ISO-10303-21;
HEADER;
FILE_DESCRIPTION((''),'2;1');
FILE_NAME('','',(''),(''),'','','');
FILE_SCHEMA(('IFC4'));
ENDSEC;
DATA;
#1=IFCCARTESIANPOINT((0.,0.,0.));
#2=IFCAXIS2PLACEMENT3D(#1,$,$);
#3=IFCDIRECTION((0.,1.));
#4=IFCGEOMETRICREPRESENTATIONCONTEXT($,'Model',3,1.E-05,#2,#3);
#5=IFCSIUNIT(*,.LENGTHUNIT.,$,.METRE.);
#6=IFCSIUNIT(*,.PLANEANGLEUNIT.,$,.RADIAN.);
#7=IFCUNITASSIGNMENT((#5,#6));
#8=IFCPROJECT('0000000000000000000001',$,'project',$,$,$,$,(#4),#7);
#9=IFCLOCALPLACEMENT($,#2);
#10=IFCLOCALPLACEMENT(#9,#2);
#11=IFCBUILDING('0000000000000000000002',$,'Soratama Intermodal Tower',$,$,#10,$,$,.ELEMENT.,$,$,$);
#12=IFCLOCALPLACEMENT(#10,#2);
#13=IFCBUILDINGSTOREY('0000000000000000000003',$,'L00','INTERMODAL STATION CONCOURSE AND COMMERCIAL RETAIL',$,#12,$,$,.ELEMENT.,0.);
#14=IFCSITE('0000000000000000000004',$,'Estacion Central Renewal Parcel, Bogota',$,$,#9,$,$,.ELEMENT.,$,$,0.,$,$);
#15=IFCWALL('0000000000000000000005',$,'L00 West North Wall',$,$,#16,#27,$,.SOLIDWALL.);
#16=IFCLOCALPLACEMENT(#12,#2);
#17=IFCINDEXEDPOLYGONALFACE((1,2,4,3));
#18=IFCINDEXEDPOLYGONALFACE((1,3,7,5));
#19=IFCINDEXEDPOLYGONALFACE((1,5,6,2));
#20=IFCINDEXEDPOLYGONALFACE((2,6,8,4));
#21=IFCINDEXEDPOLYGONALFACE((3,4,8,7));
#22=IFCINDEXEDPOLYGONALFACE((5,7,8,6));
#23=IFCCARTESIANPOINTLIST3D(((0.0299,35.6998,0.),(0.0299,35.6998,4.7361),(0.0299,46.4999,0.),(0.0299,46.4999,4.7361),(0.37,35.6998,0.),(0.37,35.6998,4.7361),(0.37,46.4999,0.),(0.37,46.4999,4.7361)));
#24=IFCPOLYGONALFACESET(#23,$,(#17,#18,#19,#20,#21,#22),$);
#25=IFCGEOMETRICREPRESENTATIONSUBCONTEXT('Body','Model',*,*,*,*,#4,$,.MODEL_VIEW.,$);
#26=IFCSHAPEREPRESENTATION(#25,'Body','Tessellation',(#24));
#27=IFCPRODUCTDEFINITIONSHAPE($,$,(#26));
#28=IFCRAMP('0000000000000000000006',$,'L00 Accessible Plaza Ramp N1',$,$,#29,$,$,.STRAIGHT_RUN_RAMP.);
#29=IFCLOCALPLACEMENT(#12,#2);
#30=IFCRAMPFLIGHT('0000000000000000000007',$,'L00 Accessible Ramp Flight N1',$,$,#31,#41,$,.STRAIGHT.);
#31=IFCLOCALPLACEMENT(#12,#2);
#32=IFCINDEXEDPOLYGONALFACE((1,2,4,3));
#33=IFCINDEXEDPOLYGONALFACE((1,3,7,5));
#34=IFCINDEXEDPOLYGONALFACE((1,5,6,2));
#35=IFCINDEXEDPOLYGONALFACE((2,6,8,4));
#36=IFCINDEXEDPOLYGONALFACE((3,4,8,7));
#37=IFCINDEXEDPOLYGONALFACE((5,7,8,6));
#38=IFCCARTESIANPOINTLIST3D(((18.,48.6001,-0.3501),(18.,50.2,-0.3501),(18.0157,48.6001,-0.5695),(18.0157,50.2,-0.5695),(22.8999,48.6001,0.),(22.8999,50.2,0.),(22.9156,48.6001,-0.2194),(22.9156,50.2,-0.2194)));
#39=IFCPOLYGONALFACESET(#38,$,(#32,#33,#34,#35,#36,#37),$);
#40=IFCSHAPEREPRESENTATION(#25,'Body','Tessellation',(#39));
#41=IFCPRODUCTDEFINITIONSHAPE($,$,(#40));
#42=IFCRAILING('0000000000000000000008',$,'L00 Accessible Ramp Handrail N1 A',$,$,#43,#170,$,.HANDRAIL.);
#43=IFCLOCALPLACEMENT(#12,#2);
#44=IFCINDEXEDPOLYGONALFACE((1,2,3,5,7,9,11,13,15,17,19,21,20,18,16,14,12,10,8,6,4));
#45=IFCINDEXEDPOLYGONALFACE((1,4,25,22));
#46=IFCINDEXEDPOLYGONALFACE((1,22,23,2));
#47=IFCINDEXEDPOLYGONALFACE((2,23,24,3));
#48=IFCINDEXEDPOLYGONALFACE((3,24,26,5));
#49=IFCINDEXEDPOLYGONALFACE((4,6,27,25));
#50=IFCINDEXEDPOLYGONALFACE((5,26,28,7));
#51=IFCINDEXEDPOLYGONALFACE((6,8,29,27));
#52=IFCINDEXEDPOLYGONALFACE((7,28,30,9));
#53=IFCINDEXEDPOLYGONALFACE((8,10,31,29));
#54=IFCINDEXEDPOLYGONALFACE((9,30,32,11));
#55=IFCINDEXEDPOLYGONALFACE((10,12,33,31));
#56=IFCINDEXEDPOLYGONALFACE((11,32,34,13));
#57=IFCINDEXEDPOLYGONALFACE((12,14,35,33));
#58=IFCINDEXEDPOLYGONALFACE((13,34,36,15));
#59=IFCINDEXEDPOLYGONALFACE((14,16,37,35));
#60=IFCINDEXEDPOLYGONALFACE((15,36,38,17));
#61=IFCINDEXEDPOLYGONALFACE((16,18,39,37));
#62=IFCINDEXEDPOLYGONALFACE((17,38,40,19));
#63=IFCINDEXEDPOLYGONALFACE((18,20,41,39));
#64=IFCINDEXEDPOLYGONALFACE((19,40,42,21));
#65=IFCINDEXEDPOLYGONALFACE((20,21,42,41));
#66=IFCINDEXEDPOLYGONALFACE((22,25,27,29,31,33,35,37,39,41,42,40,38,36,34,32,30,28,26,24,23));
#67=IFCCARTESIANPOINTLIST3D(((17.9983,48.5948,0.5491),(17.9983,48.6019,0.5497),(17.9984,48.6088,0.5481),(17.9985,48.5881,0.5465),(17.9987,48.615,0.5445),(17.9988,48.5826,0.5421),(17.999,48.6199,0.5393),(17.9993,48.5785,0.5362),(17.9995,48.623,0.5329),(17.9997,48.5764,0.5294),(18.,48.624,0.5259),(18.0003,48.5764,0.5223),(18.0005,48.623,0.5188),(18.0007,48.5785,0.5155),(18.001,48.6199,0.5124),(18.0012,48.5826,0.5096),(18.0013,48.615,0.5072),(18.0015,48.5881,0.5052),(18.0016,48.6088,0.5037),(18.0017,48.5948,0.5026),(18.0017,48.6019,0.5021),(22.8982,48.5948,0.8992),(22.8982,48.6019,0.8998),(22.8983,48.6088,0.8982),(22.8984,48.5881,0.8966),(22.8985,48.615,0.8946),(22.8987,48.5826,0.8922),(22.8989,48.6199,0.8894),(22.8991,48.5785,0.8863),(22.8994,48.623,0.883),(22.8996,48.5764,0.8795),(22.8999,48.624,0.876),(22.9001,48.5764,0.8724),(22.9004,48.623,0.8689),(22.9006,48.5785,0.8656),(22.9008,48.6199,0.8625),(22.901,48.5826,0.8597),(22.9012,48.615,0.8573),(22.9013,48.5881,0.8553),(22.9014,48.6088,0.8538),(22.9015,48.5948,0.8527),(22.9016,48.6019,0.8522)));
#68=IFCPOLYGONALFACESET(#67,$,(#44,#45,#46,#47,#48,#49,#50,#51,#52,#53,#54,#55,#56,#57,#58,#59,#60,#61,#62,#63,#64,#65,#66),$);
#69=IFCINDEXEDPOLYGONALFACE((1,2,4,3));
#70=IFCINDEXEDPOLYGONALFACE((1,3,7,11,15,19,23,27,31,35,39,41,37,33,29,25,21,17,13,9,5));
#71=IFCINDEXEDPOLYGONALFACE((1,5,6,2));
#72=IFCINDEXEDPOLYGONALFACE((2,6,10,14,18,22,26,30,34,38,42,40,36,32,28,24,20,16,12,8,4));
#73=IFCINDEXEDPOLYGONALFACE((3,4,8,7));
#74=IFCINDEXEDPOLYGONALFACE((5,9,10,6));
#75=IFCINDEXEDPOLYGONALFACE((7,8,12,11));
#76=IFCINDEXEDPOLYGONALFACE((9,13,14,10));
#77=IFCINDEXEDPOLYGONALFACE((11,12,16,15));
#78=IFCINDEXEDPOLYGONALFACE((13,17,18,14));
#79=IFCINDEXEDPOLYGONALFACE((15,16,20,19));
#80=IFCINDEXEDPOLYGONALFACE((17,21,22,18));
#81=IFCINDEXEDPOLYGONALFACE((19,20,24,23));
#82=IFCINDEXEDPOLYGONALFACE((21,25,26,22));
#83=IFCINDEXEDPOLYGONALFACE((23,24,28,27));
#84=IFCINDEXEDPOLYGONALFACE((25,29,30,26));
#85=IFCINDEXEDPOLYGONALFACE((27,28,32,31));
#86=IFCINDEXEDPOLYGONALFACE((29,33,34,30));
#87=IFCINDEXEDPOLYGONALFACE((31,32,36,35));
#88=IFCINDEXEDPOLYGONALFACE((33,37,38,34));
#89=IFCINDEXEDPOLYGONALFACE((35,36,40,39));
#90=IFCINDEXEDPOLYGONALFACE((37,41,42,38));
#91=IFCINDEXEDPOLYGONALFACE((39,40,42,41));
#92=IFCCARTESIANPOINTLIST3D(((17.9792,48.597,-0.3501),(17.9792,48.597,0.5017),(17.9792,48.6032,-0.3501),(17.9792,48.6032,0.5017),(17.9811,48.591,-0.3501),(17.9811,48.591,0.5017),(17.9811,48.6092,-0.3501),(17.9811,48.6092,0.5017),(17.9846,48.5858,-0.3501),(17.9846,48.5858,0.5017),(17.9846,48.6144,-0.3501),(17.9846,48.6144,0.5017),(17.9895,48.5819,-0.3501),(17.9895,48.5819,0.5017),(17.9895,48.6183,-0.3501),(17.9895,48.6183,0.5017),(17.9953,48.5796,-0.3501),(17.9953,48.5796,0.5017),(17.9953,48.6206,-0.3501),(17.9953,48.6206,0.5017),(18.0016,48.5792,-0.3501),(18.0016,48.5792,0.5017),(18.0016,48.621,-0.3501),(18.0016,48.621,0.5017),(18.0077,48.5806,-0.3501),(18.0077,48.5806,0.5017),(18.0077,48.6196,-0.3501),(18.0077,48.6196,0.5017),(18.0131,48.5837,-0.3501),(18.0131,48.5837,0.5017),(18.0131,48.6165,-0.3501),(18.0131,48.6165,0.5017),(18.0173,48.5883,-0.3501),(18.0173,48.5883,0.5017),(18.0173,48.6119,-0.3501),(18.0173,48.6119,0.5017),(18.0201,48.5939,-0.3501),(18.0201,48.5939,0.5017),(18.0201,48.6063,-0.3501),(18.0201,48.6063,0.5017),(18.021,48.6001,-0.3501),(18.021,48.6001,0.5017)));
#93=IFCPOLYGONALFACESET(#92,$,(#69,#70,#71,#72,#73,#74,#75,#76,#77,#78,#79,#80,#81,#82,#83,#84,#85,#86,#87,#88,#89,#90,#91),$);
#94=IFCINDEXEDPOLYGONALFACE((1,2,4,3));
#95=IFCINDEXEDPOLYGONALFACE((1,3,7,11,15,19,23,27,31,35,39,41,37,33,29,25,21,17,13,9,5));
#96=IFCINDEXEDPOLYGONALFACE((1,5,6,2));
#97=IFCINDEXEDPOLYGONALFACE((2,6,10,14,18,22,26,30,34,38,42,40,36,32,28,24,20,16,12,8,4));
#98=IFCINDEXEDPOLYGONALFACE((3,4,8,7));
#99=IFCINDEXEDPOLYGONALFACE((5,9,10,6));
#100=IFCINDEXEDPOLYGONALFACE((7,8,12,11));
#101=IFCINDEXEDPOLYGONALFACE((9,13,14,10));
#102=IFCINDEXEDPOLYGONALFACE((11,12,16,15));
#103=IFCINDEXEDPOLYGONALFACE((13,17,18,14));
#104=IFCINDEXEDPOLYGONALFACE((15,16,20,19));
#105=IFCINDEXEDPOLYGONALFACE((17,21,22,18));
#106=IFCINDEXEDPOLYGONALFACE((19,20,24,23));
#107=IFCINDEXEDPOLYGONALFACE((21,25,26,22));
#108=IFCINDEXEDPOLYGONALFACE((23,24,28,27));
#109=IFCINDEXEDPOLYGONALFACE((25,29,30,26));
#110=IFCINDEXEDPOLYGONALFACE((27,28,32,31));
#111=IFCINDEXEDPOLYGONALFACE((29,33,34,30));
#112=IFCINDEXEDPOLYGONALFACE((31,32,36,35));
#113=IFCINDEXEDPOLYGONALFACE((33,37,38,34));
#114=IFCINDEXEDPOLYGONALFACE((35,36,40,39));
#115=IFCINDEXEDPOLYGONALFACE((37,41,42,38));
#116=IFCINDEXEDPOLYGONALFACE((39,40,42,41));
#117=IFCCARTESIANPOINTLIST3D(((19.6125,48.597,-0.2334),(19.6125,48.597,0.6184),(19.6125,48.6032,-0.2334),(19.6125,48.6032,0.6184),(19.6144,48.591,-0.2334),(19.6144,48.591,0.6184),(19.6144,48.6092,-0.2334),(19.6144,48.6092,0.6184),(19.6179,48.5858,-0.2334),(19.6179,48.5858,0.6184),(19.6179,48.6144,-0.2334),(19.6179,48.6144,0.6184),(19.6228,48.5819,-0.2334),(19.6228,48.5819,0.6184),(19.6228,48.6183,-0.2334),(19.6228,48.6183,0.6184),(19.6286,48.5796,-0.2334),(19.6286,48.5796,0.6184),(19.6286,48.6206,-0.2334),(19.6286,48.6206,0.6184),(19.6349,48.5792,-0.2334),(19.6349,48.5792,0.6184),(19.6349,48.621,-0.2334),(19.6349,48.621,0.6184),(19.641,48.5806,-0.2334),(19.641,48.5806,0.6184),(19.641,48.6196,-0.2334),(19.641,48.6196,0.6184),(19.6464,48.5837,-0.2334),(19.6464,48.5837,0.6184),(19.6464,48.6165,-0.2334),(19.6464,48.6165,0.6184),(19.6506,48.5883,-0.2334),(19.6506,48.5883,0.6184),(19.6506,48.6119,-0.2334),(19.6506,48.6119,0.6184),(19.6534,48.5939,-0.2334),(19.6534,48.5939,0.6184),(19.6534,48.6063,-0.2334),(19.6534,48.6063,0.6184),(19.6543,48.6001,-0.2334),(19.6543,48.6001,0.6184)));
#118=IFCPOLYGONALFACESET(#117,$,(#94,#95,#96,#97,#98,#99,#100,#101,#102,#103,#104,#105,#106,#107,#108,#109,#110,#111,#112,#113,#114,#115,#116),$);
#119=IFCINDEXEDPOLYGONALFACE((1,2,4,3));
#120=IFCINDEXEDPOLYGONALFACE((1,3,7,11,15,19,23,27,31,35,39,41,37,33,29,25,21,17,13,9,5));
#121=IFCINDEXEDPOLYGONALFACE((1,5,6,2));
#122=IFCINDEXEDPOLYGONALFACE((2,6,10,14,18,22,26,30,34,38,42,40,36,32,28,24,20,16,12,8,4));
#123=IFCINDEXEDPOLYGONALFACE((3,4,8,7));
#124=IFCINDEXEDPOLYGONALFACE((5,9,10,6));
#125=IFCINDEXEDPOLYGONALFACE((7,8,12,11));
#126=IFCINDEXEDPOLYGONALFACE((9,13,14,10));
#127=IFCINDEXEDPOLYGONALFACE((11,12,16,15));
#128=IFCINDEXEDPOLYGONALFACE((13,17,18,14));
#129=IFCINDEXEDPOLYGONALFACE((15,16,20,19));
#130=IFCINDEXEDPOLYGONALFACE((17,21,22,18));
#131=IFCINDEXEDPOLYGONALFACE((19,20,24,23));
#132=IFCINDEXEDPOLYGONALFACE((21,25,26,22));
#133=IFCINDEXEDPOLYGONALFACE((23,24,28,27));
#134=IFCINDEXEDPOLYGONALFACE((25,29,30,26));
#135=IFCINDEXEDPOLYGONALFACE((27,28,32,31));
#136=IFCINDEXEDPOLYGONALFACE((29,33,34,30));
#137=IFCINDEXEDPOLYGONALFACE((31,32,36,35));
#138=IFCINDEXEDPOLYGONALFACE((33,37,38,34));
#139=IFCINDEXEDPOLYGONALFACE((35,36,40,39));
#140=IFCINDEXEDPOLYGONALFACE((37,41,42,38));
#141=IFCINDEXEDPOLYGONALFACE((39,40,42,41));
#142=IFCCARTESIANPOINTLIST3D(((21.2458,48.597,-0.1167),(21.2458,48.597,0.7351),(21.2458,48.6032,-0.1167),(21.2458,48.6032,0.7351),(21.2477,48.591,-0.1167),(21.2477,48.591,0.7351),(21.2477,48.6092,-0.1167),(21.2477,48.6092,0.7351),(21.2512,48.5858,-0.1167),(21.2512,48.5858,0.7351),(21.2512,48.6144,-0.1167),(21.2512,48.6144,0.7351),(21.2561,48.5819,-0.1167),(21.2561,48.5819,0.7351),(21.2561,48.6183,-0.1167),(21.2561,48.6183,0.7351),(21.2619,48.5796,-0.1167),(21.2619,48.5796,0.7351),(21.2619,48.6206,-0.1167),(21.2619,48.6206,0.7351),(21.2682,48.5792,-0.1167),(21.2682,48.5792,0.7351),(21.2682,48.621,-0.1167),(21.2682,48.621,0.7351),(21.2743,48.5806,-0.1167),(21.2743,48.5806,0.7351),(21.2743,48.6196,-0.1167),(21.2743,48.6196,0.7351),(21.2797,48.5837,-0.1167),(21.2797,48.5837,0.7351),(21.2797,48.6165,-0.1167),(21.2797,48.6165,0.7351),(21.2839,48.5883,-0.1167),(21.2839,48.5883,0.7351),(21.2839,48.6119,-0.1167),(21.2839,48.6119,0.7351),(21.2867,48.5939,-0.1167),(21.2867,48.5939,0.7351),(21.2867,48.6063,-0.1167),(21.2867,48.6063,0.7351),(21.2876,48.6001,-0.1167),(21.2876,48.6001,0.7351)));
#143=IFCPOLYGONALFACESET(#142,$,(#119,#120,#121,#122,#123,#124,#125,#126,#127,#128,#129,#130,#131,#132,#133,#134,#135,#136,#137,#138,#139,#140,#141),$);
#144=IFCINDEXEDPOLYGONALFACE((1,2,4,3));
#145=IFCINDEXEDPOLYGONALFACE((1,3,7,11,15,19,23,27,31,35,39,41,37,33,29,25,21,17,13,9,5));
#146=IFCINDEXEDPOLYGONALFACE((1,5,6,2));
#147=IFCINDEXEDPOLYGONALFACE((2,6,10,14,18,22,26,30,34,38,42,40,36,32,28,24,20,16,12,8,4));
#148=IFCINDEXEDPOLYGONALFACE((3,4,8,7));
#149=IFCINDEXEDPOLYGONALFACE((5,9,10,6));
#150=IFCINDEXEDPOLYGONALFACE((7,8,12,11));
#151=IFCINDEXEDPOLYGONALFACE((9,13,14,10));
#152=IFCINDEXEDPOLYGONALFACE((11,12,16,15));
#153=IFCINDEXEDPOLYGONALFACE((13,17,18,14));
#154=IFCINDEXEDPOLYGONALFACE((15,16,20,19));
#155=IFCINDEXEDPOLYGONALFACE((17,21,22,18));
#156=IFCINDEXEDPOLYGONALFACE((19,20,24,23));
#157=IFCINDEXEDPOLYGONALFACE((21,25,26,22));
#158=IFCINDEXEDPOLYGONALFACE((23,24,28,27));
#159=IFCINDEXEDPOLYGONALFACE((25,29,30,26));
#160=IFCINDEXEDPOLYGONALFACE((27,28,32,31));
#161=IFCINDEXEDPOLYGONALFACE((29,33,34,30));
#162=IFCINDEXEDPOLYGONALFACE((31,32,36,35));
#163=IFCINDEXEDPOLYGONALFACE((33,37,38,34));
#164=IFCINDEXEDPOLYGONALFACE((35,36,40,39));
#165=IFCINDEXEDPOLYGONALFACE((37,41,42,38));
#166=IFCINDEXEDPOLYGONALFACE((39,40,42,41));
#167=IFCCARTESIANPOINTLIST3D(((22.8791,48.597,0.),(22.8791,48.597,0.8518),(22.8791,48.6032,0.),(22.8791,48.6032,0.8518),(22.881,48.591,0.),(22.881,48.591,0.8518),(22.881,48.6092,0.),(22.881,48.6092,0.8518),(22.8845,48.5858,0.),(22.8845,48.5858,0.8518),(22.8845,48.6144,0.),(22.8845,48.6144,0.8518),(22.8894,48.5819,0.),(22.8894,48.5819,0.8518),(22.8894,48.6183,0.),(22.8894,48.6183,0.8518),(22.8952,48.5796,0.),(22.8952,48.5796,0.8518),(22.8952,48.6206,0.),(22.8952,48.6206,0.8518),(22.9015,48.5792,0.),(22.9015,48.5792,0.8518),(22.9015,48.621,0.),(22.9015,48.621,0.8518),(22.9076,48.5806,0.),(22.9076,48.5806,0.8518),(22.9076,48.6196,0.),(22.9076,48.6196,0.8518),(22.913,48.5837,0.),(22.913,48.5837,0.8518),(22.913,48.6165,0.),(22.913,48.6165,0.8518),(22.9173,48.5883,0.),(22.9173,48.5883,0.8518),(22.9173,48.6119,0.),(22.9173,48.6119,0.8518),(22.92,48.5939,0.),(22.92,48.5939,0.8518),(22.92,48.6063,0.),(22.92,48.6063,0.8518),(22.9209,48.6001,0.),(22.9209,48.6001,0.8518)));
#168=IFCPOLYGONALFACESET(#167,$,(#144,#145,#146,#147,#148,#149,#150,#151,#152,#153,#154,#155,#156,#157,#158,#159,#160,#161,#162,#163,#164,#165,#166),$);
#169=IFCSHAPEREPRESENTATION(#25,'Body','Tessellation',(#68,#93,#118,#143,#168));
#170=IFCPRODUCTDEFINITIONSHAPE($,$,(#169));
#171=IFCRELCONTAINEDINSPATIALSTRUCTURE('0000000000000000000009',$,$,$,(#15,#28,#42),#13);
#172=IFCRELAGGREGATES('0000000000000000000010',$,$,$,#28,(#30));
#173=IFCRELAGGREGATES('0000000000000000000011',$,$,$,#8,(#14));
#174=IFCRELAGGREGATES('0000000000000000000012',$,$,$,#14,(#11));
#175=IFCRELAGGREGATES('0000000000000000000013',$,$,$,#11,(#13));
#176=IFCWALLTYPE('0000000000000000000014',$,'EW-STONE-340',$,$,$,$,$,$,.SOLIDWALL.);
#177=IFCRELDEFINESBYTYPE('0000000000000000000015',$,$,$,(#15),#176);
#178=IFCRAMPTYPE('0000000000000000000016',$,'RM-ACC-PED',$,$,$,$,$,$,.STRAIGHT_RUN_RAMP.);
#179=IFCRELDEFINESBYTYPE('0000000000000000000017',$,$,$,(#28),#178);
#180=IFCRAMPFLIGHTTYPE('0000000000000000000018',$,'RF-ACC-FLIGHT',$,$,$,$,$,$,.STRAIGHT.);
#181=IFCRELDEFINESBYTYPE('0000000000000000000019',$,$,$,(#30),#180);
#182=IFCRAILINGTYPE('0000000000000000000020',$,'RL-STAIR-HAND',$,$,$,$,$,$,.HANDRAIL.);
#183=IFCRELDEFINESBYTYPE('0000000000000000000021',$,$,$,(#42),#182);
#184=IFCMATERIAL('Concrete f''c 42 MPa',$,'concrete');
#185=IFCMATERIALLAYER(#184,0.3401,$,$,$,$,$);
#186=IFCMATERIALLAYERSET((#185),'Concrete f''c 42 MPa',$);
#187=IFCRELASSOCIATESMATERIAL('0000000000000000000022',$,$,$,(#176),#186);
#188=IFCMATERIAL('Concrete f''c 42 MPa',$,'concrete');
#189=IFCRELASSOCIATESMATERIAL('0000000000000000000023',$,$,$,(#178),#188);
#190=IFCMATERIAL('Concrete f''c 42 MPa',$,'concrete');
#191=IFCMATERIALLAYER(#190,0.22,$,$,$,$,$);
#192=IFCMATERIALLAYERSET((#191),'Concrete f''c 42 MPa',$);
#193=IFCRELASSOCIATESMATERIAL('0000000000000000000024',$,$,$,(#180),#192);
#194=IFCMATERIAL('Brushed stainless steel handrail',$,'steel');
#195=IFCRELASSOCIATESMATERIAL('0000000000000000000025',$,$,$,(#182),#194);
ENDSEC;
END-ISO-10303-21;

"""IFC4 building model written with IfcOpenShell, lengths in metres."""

from ifc_helpers import new_model, si_unit, direction, frame, frame_2d, origin, origin_2d, place, context, subcontext, project, spatial, polyline, rectangle, circle, outline, extrude, material, layer, layer_set, type_object, element, aggregate, save


model = new_model("IFC4")

# Units and contexts
model_context = context("Model", 3, precision=1e-05, world=origin(), true_north=direction((0.0, 1.0)))
body_context = subcontext(model_context, "Body", "Model", "MODEL_VIEW")
ifc_project = project(units=[si_unit("LENGTHUNIT", "METRE"), si_unit("PLANEANGLEUNIT", "RADIAN")], contexts=[model_context])

# Site, building, storey
site_placement = place(None, origin())
site = spatial("IfcSite", under=ifc_project, at=site_placement, Name="Estacion Central Renewal Parcel, Bogota", CompositionType="ELEMENT", RefElevation=0.0)
building_placement = place(site_placement, origin())
building = spatial("IfcBuilding", under=site, at=building_placement, Name="Soratama Intermodal Tower", CompositionType="ELEMENT")
storey_placement = place(building_placement, origin())
storey = spatial("IfcBuildingStorey", under=building, at=storey_placement, Name="L00", Description="INTERMODAL STATION CONCOURSE AND COMMERCIAL RETAIL", CompositionType="ELEMENT", Elevation=0.0)

# Shared definitions
ifc_material_1 = material(Name="Concrete f'c 42 MPa", Category="concrete")
ifc_layer_1 = layer(ifc_material_1, 0.3401)
ifc_layer_set_1 = layer_set([ifc_layer_1], Name="Concrete f'c 42 MPa")
wall_type = type_object("IfcWallType", Name="EW-STONE-340", PredefinedType="SOLIDWALL", material=ifc_layer_set_1)

# Wall
wall_1_placement = place(storey_placement, frame((0.2, 35.7, 0.0), z_axis=(0.0, 0.0, 1.0), x_axis=(0.0, 1.0, 0.0)))
element("IfcWall", 1, at=wall_1_placement, inside=storey, type_object=wall_type, Name="L00 West North Wall", PredefinedType="SOLIDWALL", context=body_context, shape_type="SweptSolid", body=[
    extrude(rectangle(XDim=10.8, YDim=0.3401, at=frame_2d((5.3999, 0.0))), origin(), (0.0, 0.0, 1.0), 4.7361),
])

# Ramp, ramp flight
ifc_material_2 = material(Name="Concrete f'c 42 MPa", Category="concrete")
ramp_type = type_object("IfcRampType", Name="RM-ACC-PED", PredefinedType="STRAIGHT_RUN_RAMP", material=ifc_material_2)
ramp_placement = place(storey_placement, origin())
ramp = element("IfcRamp", 2, at=ramp_placement, inside=storey, type_object=ramp_type, Name="L00 Accessible Plaza Ramp N1", PredefinedType="STRAIGHT_RUN_RAMP")
ifc_material_3 = material(Name="Concrete f'c 42 MPa", Category="concrete")
ifc_layer_2 = layer(ifc_material_3, 0.22)
ifc_layer_set_2 = layer_set([ifc_layer_2], Name="Concrete f'c 42 MPa")
ramp_flight_type = type_object("IfcRampFlightType", Name="RF-ACC-FLIGHT", PredefinedType="STRAIGHT", material=ifc_layer_set_2)
ramp_flight_placement = place(storey_placement, frame((18.0, 48.6001, -0.3501), z_axis=(-0.071268, 0.0, 0.997457), x_axis=(0.0, 1.0, 0.0)))
ramp_flight = element("IfcRampFlight", 3, at=ramp_flight_placement, type_object=ramp_flight_type, Name="L00 Accessible Ramp Flight N1", PredefinedType="STRAIGHT", context=body_context, shape_type="SweptSolid", body=[
    extrude(outline(polyline([(0.0, 0.0), (1.5999, 0.0), (1.5999, -4.9124), (0.0, -4.9124), (0.0, 0.0)])), origin(), (0.0, 0.0, -1.0), 0.22),
])
aggregate(ramp, [ramp_flight])

# Railing
ifc_material_4 = material(Name="Brushed stainless steel handrail", Category="steel")
railing_type_1 = type_object("IfcRailingType", Name="RL-STAIR-HAND", PredefinedType="HANDRAIL", material=ifc_material_4)
railing_1_placement = place(storey_placement, frame((18.0, 48.6001, -0.3501)))
element("IfcRailing", 4, at=railing_1_placement, inside=storey, type_object=railing_type_1, Name="L00 Accessible Ramp Handrail N1 A", PredefinedType="HANDRAIL", context=body_context, shape_type="SweptSolid", body=[
    extrude(circle(Radius=0.0239, at=origin_2d()), frame((0.0, 0.0, 0.876), z_axis=(0.997457, 0.0, 0.071268), x_axis=(0.0, 1.0, 0.0)), (0.0, 0.0, 1.0), 4.9124),
    extrude(circle(Radius=0.021, at=origin_2d()), origin(), (0.0, 0.0, 1.0), 0.8518),
    extrude(circle(Radius=0.021, at=origin_2d()), frame((1.6333, 0.0, 0.1167)), (0.0, 0.0, 1.0), 0.8518),
    extrude(circle(Radius=0.021, at=origin_2d()), frame((3.2666, 0.0, 0.2334)), (0.0, 0.0, 1.0), 0.8518),
    extrude(circle(Radius=0.021, at=origin_2d()), frame((4.8999, 0.0, 0.3501)), (0.0, 0.0, 1.0), 0.8518),
])

save(model, "model.ifc")
